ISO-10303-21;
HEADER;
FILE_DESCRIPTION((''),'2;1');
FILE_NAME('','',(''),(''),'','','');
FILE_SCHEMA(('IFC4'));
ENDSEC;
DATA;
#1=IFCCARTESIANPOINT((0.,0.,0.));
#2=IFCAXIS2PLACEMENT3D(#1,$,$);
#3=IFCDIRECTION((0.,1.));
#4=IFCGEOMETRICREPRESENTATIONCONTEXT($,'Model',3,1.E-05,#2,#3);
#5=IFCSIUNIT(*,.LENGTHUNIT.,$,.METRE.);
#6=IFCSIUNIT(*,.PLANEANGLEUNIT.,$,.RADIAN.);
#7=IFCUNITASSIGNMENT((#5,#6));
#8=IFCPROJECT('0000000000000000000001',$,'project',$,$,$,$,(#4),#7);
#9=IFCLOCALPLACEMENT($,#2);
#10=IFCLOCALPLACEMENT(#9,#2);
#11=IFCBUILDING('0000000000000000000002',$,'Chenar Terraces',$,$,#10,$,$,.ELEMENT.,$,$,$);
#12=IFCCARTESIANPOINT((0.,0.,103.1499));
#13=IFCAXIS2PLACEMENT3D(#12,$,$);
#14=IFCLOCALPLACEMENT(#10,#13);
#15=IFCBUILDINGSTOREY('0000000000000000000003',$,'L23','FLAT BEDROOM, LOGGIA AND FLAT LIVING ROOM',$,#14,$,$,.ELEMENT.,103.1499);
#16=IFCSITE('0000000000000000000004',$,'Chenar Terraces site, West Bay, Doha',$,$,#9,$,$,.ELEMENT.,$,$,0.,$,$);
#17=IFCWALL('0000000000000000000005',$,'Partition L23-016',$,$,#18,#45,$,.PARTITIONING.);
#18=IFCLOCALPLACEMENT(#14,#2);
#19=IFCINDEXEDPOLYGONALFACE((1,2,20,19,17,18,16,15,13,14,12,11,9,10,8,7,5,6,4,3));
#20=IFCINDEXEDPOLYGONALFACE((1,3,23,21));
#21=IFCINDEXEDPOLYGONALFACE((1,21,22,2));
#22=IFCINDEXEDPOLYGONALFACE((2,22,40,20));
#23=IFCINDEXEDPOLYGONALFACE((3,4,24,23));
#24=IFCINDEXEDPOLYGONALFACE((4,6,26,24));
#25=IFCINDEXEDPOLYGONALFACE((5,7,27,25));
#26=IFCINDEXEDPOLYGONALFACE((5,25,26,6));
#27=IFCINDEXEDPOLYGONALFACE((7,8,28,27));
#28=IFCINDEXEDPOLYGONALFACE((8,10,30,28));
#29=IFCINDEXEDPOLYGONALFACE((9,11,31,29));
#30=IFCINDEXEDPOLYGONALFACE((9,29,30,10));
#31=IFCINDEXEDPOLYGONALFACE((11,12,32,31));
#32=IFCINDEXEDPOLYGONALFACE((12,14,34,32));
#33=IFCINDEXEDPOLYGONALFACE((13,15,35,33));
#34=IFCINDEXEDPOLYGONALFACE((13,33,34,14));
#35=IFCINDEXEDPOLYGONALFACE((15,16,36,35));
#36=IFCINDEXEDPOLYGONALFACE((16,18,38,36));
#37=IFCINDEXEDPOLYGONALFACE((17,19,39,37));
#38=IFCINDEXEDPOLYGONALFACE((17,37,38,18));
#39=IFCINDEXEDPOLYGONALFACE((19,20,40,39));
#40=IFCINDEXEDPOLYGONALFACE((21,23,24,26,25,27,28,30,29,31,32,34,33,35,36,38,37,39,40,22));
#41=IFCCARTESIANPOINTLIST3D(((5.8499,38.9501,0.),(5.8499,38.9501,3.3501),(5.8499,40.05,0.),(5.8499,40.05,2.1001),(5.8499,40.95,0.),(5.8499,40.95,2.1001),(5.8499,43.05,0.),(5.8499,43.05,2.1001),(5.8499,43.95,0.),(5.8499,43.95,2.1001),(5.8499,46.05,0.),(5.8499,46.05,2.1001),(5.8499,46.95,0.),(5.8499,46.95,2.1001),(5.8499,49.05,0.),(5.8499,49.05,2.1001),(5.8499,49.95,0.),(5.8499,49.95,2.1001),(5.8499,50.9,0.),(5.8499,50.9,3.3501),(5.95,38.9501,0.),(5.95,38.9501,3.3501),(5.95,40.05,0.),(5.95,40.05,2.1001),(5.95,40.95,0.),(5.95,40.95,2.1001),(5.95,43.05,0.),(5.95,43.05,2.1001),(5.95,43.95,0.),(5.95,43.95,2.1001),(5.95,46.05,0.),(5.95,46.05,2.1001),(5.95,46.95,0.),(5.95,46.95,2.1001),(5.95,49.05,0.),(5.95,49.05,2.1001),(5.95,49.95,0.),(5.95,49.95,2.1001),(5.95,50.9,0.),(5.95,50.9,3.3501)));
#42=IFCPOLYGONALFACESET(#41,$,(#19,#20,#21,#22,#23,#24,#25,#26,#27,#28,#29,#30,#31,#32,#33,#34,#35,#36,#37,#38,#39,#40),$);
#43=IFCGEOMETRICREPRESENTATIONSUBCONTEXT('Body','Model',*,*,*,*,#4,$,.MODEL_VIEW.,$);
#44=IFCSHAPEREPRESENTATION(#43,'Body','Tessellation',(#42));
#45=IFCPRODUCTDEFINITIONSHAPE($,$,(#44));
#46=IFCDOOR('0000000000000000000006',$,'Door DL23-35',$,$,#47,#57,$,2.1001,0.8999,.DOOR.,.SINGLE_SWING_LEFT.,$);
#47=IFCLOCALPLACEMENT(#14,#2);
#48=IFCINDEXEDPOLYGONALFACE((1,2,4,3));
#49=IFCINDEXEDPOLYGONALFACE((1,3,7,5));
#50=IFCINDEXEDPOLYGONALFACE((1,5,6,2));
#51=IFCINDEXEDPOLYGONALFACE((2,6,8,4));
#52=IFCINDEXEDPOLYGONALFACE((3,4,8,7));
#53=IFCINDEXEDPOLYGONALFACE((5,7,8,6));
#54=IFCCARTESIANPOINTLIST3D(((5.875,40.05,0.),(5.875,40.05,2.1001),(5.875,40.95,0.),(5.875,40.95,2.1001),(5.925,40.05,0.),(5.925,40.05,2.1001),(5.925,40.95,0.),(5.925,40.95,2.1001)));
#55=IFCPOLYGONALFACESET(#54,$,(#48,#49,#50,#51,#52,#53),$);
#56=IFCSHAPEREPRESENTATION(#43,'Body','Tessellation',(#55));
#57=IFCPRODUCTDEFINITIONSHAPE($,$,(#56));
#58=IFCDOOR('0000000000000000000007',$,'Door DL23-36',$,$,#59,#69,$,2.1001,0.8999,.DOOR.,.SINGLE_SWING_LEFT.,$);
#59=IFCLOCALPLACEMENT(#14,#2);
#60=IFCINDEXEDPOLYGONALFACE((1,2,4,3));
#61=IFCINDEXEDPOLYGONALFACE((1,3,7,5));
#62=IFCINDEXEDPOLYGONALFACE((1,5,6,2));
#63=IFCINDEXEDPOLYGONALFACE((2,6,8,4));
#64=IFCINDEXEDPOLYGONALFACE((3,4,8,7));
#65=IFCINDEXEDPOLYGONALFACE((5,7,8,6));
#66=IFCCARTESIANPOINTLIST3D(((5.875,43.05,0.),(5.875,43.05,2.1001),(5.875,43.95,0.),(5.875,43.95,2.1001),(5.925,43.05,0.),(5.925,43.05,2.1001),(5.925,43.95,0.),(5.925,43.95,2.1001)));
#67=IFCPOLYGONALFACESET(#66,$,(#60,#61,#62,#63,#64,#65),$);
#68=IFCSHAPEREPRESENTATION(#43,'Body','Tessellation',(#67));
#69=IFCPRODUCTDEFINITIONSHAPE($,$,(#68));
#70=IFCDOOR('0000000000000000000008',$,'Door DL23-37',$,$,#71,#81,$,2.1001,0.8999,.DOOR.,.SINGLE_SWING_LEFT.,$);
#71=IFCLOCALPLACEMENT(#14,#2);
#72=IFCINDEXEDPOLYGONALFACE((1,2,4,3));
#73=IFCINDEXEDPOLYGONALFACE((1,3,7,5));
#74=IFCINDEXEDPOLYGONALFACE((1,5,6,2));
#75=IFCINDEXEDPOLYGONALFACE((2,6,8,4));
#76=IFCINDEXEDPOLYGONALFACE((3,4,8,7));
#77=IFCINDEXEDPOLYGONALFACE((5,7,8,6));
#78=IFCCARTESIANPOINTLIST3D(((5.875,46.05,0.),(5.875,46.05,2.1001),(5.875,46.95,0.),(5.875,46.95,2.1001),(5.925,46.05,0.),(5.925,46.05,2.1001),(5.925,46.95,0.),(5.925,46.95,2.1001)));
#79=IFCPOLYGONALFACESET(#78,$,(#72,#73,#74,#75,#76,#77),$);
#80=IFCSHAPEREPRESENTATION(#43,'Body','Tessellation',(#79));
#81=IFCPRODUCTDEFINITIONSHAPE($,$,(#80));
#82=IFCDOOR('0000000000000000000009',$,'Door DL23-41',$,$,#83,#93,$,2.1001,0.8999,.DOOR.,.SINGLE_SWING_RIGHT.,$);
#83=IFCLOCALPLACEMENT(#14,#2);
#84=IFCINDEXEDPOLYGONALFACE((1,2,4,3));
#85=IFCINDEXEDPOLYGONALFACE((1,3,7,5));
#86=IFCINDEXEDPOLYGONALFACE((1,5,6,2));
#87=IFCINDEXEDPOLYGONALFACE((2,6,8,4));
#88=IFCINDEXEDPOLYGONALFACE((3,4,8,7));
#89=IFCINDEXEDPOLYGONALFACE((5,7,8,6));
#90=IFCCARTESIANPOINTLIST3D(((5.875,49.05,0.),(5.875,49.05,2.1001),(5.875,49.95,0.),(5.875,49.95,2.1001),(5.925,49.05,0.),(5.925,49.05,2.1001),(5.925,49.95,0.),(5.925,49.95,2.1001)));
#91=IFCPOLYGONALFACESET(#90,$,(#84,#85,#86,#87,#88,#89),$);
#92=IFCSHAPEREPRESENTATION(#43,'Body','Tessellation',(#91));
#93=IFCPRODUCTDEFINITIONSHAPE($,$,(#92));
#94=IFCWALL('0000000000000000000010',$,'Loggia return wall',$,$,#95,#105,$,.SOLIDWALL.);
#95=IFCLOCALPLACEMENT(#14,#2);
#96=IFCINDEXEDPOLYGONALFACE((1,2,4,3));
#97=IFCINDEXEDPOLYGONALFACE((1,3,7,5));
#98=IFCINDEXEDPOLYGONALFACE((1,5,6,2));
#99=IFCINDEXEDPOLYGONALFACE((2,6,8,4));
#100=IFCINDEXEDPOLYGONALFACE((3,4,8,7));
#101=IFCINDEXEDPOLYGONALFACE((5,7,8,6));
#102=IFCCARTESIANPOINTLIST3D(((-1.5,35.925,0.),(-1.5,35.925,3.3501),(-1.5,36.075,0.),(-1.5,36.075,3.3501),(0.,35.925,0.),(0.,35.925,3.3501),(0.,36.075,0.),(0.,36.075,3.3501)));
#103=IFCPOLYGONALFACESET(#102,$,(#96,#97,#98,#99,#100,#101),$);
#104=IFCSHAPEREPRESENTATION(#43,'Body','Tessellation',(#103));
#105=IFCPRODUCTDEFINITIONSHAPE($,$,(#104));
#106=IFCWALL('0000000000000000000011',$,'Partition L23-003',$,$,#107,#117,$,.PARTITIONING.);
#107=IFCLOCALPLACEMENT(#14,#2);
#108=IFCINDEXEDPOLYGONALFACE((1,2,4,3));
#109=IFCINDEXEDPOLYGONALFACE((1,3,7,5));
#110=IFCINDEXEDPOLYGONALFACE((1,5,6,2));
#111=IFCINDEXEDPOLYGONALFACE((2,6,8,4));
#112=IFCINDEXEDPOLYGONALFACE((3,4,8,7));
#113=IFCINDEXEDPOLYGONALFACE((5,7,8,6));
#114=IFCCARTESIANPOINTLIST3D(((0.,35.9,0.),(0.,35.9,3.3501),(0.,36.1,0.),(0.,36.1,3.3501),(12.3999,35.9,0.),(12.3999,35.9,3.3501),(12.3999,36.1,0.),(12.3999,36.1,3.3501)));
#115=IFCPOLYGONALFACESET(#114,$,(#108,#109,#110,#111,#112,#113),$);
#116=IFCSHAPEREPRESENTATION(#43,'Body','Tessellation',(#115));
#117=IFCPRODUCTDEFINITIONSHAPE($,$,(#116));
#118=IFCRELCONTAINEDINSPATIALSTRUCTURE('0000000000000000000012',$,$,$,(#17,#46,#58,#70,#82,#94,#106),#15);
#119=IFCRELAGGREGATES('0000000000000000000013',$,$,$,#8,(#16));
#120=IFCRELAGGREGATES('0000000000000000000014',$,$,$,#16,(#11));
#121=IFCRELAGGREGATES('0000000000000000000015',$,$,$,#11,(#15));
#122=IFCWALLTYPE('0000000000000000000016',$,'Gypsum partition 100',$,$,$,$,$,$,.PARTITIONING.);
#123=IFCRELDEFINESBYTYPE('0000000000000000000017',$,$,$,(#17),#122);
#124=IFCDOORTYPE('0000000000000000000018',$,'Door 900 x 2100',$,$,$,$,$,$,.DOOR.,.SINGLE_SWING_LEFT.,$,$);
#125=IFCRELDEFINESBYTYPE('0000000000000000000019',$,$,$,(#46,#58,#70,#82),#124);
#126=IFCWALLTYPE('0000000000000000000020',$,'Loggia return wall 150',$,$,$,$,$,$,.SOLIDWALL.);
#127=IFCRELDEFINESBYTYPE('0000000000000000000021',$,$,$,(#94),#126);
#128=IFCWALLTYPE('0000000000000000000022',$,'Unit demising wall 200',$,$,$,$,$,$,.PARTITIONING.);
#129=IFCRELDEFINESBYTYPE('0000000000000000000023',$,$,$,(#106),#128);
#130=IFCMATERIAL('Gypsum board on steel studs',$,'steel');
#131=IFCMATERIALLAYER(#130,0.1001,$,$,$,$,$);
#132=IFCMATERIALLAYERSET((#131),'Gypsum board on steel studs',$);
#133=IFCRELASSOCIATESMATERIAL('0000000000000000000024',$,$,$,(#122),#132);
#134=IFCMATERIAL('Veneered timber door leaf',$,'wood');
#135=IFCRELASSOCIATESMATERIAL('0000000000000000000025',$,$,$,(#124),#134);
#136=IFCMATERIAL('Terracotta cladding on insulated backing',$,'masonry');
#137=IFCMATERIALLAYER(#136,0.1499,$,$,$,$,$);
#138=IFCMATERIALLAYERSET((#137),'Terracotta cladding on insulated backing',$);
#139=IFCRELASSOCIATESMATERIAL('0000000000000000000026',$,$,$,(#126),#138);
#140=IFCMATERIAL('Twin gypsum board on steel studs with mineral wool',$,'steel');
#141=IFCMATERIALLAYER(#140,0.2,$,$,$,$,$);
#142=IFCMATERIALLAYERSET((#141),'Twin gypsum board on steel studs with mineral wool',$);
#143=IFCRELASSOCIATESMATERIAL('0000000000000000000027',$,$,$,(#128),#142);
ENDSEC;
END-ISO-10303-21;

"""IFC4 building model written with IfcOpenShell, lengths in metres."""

from ifc_helpers import new_model, si_unit, direction, frame, frame_2d, origin, place, context, subcontext, project, spatial, rectangle, extrude, material, layer, layer_set, type_object, element, fill, save


model = new_model("IFC4")

# Units and contexts
model_context = context("Model", 3, precision=1e-05, world=origin(), true_north=direction((0.0, 1.0)))
body_context = subcontext(model_context, "Body", "Model", "MODEL_VIEW")
ifc_project = project(units=[si_unit("LENGTHUNIT", "METRE"), si_unit("PLANEANGLEUNIT", "RADIAN")], contexts=[model_context])

# Site, building, storey
site_placement = place(None, origin())
site = spatial("IfcSite", under=ifc_project, at=site_placement, Name="Chenar Terraces site, West Bay, Doha", CompositionType="ELEMENT", RefElevation=0.0)
building_placement = place(site_placement, origin())
building = spatial("IfcBuilding", under=site, at=building_placement, Name="Chenar Terraces", CompositionType="ELEMENT")
storey_placement = place(building_placement, frame((0.0, 0.0, 103.1499)))
storey = spatial("IfcBuildingStorey", under=building, at=storey_placement, Name="L23", Description="FLAT BEDROOM, LOGGIA AND FLAT LIVING ROOM", CompositionType="ELEMENT", Elevation=103.1499)

# Shared definitions
placement = place(storey_placement, frame((0.0, 36.0, 0.0), z_axis=(0.0, 0.0, 1.0), x_axis=(1.0, 0.0, 0.0)))

# Shared definitions
ifc_material_1 = material(Name="Gypsum board on steel studs", Category="steel")
ifc_layer_1 = layer(ifc_material_1, 0.1001)
ifc_layer_set_1 = layer_set([ifc_layer_1], Name="Gypsum board on steel studs")
wall_type_1 = type_object("IfcWallType", Name="Gypsum partition 100", PredefinedType="PARTITIONING", material=ifc_layer_set_1)

# Wall, openings, doors
wall_1_placement = place(storey_placement, frame((5.8999, 38.95, 0.0), z_axis=(0.0, 0.0, 1.0), x_axis=(0.0, 1.0, 0.0)))
wall_1 = element("IfcWall", 1, at=wall_1_placement, inside=storey, type_object=wall_type_1, Name="Partition L23-016", PredefinedType="PARTITIONING", context=body_context, shape_type="SweptSolid", body=[
    extrude(rectangle(XDim=11.95, YDim=0.1001, at=frame_2d((5.9751, 0.0))), origin(), (0.0, 0.0, 1.0), 3.3501),
])
opening_1_placement = place(wall_1_placement, frame((1.1001, 0.0, 0.0)))
opening_1 = element("IfcOpeningElement", 2, at=opening_1_placement, cuts=wall_1, PredefinedType="OPENING", context=body_context, shape_type="SweptSolid", body=[
    extrude(rectangle(XDim=0.8999, YDim=2.1001, at=frame_2d((0.45, 1.05))), frame((0.0, 0.0601, 0.0), z_axis=(0.0, -1.0, 0.0), x_axis=(1.0, 0.0, 0.0)), (0.0, 0.0, 1.0), 0.1201),
])
opening_2_placement = place(wall_1_placement, frame((4.1001, 0.0, 0.0)))
opening_2 = element("IfcOpeningElement", 3, at=opening_2_placement, cuts=wall_1, PredefinedType="OPENING", context=body_context, shape_type="SweptSolid", body=[
    extrude(rectangle(XDim=0.8999, YDim=2.1001, at=frame_2d((0.45, 1.05))), frame((0.0, 0.0601, 0.0), z_axis=(0.0, -1.0, 0.0), x_axis=(1.0, 0.0, 0.0)), (0.0, 0.0, 1.0), 0.1201),
])
opening_3_placement = place(wall_1_placement, frame((7.1001, 0.0, 0.0)))
opening_3 = element("IfcOpeningElement", 4, at=opening_3_placement, cuts=wall_1, PredefinedType="OPENING", context=body_context, shape_type="SweptSolid", body=[
    extrude(rectangle(XDim=0.8999, YDim=2.1001, at=frame_2d((0.45, 1.05))), frame((0.0, 0.0601, 0.0), z_axis=(0.0, -1.0, 0.0), x_axis=(1.0, 0.0, 0.0)), (0.0, 0.0, 1.0), 0.1201),
])
opening_4_placement = place(wall_1_placement, frame((10.1001, 0.0, 0.0)))
opening_4 = element("IfcOpeningElement", 5, at=opening_4_placement, cuts=wall_1, PredefinedType="OPENING", context=body_context, shape_type="SweptSolid", body=[
    extrude(rectangle(XDim=0.8999, YDim=2.1001, at=frame_2d((0.45, 1.05))), frame((0.0, 0.0601, 0.0), z_axis=(0.0, -1.0, 0.0), x_axis=(1.0, 0.0, 0.0)), (0.0, 0.0, 1.0), 0.1201),
])
ifc_material_2 = material(Name="Veneered timber door leaf", Category="wood")
door_type_1 = type_object("IfcDoorType", Name="Door 900 x 2100", OperationType="SINGLE_SWING_LEFT", PredefinedType="DOOR", material=ifc_material_2)
door_1_placement = place(opening_1_placement, origin())
door_1 = element("IfcDoor", 6, at=door_1_placement, inside=storey, type_object=door_type_1, Name="Door DL23-35", OperationType="SINGLE_SWING_LEFT", OverallHeight=2.1001, OverallWidth=0.8999, PredefinedType="DOOR", context=body_context, shape_type="SweptSolid", body=[
    extrude(rectangle(XDim=0.8999, YDim=2.1001, at=frame_2d((0.45, 1.05))), frame((0.0, 0.0249, 0.0), z_axis=(0.0, -1.0, 0.0), x_axis=(1.0, 0.0, 0.0)), (0.0, 0.0, 1.0), 0.05),
])
fill(opening_1, door_1)
door_2_placement = place(opening_2_placement, origin())
door_2 = element("IfcDoor", 7, at=door_2_placement, inside=storey, type_object=door_type_1, Name="Door DL23-36", OperationType="SINGLE_SWING_LEFT", OverallHeight=2.1001, OverallWidth=0.8999, PredefinedType="DOOR", context=body_context, shape_type="SweptSolid", body=[
    extrude(rectangle(XDim=0.8999, YDim=2.1001, at=frame_2d((0.45, 1.05))), frame((0.0, 0.0249, 0.0), z_axis=(0.0, -1.0, 0.0), x_axis=(1.0, 0.0, 0.0)), (0.0, 0.0, 1.0), 0.05),
])
fill(opening_2, door_2)
door_3_placement = place(opening_3_placement, origin())
door_3 = element("IfcDoor", 8, at=door_3_placement, inside=storey, type_object=door_type_1, Name="Door DL23-37", OperationType="SINGLE_SWING_LEFT", OverallHeight=2.1001, OverallWidth=0.8999, PredefinedType="DOOR", context=body_context, shape_type="SweptSolid", body=[
    extrude(rectangle(XDim=0.8999, YDim=2.1001, at=frame_2d((0.45, 1.05))), frame((0.0, 0.0249, 0.0), z_axis=(0.0, -1.0, 0.0), x_axis=(1.0, 0.0, 0.0)), (0.0, 0.0, 1.0), 0.05),
])
fill(opening_3, door_3)
door_4_placement = place(opening_4_placement, origin())
door_4 = element("IfcDoor", 9, at=door_4_placement, inside=storey, type_object=door_type_1, Name="Door DL23-41", OperationType="SINGLE_SWING_RIGHT", OverallHeight=2.1001, OverallWidth=0.8999, PredefinedType="DOOR", context=body_context, shape_type="SweptSolid", body=[
    extrude(rectangle(XDim=0.8999, YDim=2.1001, at=frame_2d((0.45, 1.05))), frame((0.0, 0.0249, 0.0), z_axis=(0.0, -1.0, 0.0), x_axis=(1.0, 0.0, 0.0)), (0.0, 0.0, 1.0), 0.05),
])
fill(opening_4, door_4)

# Walls
ifc_material_3 = material(Name="Terracotta cladding on insulated backing", Category="masonry")
ifc_layer_2 = layer(ifc_material_3, 0.1499)
ifc_layer_set_2 = layer_set([ifc_layer_2], Name="Terracotta cladding on insulated backing")
wall_type_2 = type_object("IfcWallType", Name="Loggia return wall 150", PredefinedType="SOLIDWALL", material=ifc_layer_set_2)
wall_2_placement = place(storey_placement, frame((-1.5, 36.0, 0.0), z_axis=(0.0, 0.0, 1.0), x_axis=(1.0, 0.0, 0.0)))
element("IfcWall", 10, at=wall_2_placement, inside=storey, type_object=wall_type_2, Name="Loggia return wall", PredefinedType="SOLIDWALL", context=body_context, shape_type="SweptSolid", body=[
    extrude(rectangle(XDim=1.5, YDim=0.1499, at=frame_2d((0.75, 0.0))), origin(), (0.0, 0.0, 1.0), 3.3501),
])
ifc_material_4 = material(Name="Twin gypsum board on steel studs with mineral wool", Category="steel")
ifc_layer_3 = layer(ifc_material_4, 0.2)
ifc_layer_set_3 = layer_set([ifc_layer_3], Name="Twin gypsum board on steel studs with mineral wool")
wall_type_3 = type_object("IfcWallType", Name="Unit demising wall 200", PredefinedType="PARTITIONING", material=ifc_layer_set_3)
element("IfcWall", 11, at=placement, inside=storey, type_object=wall_type_3, Name="Partition L23-003", PredefinedType="PARTITIONING", context=body_context, shape_type="SweptSolid", body=[
    extrude(rectangle(XDim=12.3999, YDim=0.2, at=frame_2d((6.2, 0.0))), origin(), (0.0, 0.0, 1.0), 3.3501),
])

save(model, "model.ifc")
